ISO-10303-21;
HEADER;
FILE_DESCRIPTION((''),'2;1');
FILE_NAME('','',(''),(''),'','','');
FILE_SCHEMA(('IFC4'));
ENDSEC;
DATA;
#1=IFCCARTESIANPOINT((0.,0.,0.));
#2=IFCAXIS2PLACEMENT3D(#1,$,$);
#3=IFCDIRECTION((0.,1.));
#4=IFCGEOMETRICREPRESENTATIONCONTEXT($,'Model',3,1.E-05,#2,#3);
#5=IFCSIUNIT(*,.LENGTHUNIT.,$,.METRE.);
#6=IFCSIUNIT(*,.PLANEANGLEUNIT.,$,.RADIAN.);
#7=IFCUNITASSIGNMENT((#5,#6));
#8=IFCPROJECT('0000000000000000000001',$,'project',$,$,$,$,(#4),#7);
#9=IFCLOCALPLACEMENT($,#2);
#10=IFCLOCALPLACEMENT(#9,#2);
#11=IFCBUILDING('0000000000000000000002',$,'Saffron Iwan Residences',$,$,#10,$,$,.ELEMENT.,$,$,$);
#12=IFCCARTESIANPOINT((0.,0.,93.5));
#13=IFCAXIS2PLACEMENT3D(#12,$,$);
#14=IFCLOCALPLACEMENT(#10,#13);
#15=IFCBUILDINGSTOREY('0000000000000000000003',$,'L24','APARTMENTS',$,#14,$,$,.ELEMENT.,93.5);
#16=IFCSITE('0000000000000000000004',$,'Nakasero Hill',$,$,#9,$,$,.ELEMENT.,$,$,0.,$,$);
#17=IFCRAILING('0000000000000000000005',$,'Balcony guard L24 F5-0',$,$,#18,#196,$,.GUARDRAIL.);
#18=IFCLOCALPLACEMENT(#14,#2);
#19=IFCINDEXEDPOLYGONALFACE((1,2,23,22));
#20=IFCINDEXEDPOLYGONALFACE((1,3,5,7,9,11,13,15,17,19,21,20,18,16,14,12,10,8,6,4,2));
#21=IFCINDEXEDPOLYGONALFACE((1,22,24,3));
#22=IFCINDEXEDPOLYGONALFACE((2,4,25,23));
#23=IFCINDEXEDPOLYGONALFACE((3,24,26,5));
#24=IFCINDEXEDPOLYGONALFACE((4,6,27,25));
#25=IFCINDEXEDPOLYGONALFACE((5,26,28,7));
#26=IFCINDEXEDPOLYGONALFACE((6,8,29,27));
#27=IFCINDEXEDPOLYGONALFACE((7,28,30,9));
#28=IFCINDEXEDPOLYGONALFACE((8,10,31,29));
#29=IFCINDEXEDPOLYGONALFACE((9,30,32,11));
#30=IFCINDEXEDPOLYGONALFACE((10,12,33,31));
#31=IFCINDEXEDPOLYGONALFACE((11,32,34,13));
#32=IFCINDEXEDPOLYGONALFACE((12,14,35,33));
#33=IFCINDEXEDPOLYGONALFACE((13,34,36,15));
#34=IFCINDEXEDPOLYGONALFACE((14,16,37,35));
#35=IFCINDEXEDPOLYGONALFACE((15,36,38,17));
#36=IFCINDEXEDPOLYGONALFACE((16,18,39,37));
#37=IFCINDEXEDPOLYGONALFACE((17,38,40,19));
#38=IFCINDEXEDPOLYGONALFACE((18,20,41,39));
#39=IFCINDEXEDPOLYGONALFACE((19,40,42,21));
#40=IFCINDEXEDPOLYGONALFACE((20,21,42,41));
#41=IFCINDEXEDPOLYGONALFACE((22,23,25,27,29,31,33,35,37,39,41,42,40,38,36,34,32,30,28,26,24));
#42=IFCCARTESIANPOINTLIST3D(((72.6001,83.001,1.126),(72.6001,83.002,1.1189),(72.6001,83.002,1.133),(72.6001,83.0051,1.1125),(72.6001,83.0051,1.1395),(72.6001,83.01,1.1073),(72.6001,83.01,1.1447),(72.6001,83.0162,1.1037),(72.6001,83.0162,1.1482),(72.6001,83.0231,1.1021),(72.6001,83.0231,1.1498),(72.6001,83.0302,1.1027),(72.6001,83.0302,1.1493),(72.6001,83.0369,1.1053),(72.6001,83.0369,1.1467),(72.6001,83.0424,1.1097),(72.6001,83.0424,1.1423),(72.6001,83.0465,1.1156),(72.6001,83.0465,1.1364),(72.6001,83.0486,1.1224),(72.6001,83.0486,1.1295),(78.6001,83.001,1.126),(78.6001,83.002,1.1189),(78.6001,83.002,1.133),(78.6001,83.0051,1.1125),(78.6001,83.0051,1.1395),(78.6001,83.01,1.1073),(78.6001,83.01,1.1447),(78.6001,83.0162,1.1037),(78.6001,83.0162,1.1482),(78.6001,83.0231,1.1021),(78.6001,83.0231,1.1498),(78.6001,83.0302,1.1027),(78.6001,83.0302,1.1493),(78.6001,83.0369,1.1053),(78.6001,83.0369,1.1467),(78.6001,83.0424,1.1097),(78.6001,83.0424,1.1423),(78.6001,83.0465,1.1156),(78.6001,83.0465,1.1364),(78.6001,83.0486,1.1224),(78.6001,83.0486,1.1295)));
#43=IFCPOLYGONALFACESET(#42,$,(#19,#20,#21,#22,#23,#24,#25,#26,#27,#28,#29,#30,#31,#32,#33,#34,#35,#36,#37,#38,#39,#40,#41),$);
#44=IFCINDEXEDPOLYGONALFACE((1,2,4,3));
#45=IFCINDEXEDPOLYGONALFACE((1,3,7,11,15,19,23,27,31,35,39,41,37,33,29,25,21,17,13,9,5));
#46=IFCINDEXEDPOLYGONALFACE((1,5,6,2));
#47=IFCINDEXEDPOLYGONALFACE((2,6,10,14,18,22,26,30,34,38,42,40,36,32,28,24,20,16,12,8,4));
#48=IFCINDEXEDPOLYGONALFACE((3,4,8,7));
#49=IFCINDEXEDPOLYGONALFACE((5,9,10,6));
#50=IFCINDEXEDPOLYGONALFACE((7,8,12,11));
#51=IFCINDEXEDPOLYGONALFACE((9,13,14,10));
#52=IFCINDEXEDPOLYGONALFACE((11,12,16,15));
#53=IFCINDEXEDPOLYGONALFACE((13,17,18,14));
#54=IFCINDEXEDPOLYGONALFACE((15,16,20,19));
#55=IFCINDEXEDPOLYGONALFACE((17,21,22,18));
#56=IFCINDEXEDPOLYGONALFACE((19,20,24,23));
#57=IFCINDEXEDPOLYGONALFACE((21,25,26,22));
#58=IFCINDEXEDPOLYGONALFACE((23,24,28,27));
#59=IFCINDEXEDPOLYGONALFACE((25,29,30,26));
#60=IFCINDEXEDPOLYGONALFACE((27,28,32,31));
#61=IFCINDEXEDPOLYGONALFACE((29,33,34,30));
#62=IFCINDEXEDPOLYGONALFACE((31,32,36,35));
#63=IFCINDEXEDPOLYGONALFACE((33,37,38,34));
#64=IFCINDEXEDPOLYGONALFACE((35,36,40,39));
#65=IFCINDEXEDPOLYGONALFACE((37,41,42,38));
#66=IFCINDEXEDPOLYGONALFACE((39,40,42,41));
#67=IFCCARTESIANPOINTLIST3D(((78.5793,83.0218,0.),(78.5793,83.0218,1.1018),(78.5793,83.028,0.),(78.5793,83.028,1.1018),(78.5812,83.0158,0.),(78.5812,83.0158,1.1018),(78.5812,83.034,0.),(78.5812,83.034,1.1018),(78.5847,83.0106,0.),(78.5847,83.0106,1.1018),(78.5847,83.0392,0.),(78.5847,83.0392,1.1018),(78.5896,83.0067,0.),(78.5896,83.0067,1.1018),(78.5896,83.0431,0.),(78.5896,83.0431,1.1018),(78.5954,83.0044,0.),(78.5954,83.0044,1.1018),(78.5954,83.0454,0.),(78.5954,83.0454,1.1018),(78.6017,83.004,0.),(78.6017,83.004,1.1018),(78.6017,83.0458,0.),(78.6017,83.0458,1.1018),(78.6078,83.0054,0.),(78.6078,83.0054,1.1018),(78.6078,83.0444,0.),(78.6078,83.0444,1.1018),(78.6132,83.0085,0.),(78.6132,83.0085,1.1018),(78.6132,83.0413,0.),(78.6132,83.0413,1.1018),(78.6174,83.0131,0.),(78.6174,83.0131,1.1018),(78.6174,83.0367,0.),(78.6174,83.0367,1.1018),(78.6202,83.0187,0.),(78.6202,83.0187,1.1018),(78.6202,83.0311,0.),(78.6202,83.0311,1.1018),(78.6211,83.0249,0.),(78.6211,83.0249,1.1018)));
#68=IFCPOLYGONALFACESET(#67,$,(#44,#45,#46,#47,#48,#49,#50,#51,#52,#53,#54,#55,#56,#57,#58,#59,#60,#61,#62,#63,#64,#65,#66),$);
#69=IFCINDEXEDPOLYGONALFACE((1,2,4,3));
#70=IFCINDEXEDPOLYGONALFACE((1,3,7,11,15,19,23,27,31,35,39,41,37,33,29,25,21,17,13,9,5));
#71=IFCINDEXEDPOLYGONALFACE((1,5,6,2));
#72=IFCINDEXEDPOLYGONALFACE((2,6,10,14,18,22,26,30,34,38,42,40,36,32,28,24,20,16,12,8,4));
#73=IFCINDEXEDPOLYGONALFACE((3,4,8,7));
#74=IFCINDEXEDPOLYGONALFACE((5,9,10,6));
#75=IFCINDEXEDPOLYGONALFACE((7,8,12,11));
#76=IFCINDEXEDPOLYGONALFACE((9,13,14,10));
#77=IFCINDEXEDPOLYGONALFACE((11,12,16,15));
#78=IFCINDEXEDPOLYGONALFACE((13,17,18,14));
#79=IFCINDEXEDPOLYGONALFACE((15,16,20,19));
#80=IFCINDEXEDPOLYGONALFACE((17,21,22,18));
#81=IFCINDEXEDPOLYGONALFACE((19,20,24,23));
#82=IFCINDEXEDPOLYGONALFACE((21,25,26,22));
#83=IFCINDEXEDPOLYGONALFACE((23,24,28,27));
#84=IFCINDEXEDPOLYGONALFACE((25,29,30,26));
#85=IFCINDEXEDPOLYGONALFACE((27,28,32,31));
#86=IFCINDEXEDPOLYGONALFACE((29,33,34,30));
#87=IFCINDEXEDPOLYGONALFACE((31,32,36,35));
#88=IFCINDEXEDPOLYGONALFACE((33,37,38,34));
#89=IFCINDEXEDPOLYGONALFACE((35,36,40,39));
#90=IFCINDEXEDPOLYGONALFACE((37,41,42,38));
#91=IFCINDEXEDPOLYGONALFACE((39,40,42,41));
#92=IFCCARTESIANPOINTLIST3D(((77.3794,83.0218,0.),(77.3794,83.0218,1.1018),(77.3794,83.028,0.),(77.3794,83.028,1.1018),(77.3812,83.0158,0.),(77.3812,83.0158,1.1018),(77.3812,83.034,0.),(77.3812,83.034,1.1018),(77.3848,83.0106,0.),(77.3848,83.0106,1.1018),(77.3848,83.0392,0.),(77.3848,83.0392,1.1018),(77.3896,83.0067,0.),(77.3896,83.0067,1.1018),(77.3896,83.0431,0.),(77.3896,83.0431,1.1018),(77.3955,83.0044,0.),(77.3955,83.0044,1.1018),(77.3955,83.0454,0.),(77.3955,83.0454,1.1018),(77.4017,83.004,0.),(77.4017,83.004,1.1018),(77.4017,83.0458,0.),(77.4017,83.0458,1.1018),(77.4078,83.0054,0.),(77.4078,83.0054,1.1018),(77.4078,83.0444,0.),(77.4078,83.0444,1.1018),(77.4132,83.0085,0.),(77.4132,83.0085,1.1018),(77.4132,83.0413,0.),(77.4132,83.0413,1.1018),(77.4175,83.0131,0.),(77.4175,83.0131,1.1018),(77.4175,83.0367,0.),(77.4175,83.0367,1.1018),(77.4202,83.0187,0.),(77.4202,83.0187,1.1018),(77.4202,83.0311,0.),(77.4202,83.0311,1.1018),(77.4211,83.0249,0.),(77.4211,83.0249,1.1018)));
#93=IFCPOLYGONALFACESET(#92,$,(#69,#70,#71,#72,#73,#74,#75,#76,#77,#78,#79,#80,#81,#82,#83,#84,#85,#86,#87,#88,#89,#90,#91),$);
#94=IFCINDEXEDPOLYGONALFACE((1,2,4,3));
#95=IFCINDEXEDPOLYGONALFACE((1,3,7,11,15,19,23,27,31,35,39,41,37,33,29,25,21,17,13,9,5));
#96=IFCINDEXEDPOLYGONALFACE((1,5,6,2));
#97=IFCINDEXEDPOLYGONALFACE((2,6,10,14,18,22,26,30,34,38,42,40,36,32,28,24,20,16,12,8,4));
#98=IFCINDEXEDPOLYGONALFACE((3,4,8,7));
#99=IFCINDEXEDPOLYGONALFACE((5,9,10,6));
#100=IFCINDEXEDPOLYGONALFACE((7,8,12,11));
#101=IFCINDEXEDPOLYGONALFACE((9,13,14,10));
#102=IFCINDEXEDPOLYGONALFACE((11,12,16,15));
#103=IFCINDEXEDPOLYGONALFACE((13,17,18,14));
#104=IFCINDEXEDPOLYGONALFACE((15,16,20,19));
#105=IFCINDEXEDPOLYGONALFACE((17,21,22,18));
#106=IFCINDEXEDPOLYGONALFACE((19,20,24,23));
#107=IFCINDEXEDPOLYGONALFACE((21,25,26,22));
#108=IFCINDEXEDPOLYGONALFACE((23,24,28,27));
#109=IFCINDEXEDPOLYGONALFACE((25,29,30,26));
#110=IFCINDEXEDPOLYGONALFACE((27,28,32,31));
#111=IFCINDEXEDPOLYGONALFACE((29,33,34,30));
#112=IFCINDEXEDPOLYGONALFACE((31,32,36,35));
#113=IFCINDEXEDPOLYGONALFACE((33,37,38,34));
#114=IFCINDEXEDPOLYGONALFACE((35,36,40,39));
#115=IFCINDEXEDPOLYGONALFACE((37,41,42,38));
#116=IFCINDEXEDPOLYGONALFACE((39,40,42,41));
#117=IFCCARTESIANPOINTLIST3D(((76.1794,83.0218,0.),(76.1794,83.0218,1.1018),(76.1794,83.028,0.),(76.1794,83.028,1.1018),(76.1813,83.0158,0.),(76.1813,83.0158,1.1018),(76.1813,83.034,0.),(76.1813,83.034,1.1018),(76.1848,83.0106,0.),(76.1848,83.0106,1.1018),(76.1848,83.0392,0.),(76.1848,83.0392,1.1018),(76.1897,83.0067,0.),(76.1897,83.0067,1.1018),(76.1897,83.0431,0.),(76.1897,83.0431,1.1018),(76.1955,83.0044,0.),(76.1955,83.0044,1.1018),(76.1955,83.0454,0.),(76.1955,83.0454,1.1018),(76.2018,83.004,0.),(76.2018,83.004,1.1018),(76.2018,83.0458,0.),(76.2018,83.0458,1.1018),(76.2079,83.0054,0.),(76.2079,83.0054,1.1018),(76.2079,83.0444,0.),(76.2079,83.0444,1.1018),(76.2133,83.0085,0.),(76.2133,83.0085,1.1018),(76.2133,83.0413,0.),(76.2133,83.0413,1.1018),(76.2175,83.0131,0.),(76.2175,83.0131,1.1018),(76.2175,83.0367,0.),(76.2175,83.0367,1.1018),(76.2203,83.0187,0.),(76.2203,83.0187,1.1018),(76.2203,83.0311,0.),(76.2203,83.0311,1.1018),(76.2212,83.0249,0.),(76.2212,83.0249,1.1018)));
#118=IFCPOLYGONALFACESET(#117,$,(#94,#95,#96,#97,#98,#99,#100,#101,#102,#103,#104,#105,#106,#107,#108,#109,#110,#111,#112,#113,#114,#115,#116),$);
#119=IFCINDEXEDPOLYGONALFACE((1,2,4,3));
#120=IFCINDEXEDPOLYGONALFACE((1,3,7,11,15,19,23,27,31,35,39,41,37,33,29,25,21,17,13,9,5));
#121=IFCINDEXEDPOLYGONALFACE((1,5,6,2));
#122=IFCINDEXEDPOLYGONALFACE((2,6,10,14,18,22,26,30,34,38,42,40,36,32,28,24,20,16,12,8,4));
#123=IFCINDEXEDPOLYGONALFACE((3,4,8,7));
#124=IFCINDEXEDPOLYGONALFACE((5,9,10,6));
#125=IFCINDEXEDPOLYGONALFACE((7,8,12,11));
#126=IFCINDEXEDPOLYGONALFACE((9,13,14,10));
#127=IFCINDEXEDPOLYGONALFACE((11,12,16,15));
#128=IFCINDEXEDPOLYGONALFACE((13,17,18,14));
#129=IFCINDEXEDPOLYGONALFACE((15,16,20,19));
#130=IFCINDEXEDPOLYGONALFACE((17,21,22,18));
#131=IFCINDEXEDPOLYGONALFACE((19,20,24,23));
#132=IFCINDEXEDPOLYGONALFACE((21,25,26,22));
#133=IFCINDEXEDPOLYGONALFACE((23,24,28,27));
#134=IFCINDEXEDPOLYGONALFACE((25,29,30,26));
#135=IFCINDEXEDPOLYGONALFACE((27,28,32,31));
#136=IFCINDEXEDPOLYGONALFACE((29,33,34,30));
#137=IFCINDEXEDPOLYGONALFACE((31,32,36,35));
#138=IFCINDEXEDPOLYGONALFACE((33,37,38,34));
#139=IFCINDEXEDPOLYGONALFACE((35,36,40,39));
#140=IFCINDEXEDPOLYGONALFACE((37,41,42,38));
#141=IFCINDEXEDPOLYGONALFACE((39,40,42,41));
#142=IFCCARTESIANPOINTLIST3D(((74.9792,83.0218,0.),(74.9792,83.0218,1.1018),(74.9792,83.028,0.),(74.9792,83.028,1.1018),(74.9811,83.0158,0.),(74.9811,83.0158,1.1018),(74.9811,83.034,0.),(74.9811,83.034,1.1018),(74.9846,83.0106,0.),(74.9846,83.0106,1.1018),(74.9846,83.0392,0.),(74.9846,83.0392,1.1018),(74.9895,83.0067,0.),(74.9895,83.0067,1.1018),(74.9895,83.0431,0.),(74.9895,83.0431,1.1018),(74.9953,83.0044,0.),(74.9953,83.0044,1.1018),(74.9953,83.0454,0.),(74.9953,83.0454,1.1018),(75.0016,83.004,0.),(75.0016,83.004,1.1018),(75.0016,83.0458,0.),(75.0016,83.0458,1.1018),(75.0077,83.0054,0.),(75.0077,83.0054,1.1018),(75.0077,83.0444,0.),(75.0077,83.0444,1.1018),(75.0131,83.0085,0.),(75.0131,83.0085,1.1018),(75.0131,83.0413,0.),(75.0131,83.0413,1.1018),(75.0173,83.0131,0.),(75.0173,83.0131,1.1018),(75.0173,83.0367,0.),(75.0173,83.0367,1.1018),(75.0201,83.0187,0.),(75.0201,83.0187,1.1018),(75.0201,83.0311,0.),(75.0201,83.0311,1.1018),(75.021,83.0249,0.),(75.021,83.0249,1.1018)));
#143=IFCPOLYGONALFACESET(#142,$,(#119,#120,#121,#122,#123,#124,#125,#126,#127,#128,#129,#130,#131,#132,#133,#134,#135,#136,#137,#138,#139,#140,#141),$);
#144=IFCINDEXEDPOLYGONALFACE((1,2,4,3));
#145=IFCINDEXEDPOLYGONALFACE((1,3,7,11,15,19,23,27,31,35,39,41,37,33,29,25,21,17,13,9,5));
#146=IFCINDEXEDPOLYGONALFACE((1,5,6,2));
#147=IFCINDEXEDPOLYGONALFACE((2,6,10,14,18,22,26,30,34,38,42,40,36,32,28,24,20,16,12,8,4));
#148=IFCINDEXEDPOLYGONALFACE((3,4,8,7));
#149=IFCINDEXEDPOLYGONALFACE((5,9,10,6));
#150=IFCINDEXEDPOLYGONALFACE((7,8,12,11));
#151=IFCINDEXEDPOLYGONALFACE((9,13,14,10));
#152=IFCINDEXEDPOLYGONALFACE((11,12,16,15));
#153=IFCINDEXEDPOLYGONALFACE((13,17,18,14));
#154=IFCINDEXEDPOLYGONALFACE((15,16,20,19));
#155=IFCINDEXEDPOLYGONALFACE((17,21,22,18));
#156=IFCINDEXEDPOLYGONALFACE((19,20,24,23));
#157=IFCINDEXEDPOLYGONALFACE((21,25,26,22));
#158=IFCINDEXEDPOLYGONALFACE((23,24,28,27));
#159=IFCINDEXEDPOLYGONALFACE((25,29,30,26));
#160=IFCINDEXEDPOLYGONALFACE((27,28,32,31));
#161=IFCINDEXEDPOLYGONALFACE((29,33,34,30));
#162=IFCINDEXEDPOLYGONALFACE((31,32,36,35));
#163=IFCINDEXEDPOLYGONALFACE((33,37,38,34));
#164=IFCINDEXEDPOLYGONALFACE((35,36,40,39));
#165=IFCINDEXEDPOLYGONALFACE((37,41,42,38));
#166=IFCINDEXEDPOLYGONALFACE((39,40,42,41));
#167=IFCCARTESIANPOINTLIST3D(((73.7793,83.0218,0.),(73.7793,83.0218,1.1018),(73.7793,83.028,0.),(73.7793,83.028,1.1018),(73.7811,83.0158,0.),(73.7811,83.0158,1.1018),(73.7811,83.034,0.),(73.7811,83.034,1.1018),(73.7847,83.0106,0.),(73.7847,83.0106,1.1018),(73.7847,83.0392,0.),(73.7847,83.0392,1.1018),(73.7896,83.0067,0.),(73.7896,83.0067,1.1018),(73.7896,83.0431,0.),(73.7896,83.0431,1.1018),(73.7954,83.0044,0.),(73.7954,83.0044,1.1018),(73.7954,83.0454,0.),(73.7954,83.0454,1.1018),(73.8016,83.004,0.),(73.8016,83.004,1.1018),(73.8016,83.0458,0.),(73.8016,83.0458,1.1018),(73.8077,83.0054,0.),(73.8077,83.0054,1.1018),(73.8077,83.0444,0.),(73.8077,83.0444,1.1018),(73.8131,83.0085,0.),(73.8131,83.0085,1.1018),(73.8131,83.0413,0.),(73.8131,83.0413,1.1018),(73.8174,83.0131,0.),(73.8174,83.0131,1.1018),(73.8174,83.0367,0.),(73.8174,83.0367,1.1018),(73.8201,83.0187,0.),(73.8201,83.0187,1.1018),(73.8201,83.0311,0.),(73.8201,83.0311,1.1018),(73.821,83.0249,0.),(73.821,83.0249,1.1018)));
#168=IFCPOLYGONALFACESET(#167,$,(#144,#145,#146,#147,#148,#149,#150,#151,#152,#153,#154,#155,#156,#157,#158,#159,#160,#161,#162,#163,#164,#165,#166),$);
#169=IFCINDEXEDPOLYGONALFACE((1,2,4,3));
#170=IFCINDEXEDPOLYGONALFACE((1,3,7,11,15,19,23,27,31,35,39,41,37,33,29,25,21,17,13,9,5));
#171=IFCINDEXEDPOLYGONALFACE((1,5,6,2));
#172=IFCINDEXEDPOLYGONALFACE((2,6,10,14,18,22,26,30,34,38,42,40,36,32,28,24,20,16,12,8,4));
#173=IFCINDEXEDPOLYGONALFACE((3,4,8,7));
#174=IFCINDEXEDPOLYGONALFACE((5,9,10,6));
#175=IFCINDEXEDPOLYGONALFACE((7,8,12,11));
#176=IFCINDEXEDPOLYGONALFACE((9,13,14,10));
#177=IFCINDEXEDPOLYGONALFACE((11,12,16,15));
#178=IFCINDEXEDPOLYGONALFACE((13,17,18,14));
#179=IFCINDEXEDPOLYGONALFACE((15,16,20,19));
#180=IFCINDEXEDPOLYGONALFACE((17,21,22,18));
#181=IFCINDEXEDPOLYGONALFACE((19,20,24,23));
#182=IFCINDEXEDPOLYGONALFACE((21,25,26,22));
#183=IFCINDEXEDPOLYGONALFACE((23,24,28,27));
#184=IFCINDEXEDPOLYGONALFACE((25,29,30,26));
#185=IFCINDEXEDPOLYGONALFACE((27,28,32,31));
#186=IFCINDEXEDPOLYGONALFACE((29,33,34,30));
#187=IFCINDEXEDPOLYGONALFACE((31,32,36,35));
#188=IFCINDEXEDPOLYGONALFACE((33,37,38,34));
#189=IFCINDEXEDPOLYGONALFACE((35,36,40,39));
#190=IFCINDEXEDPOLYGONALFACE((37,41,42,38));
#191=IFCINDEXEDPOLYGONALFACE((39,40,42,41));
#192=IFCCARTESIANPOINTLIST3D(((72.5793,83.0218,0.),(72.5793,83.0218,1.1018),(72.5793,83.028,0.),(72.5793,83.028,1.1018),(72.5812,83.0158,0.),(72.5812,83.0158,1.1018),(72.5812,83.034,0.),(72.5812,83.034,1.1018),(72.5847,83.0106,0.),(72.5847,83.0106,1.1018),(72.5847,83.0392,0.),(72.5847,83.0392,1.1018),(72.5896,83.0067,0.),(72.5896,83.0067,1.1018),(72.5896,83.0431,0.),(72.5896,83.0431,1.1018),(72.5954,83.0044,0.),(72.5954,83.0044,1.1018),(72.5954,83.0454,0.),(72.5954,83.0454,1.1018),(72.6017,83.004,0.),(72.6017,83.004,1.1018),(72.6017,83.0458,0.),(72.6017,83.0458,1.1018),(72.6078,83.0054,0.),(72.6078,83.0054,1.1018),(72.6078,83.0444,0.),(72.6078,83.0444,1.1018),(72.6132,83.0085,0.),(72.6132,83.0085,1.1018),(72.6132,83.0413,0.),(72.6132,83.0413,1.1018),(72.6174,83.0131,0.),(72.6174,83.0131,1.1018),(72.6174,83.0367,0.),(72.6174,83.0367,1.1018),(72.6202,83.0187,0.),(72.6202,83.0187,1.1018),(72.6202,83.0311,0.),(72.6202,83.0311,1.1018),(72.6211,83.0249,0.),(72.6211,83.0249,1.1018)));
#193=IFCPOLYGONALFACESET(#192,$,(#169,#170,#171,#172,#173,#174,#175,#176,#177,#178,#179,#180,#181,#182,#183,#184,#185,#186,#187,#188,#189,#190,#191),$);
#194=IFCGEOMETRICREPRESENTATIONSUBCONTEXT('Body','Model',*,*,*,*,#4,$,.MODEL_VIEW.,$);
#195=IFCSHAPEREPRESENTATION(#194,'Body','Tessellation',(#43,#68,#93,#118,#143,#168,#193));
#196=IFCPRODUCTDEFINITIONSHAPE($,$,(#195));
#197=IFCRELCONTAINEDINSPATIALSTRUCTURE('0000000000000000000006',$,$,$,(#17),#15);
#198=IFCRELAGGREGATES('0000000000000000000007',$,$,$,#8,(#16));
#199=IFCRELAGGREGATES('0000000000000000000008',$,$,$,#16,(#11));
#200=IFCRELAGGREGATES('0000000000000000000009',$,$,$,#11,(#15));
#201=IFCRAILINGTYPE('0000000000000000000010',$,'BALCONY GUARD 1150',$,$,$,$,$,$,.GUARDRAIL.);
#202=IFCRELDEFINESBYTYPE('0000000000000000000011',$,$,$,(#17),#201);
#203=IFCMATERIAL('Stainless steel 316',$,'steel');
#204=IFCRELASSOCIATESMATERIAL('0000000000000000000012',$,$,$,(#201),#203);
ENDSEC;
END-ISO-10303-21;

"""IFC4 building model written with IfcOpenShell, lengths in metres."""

from ifc_helpers import new_model, si_unit, direction, frame, origin, origin_2d, place, context, subcontext, project, spatial, circle, extrude, material, type_object, element, save


model = new_model("IFC4")

# Units and contexts
model_context = context("Model", 3, precision=1e-05, world=origin(), true_north=direction((0.0, 1.0)))
body_context = subcontext(model_context, "Body", "Model", "MODEL_VIEW")
ifc_project = project(units=[si_unit("LENGTHUNIT", "METRE"), si_unit("PLANEANGLEUNIT", "RADIAN")], contexts=[model_context])

# Site, building, storey
site_placement = place(None, origin())
site = spatial("IfcSite", under=ifc_project, at=site_placement, Name="Nakasero Hill", CompositionType="ELEMENT", RefElevation=0.0)
building_placement = place(site_placement, origin())
building = spatial("IfcBuilding", under=site, at=building_placement, Name="Saffron Iwan Residences", CompositionType="ELEMENT")
storey_placement = place(building_placement, frame((0.0, 0.0, 93.5)))
storey = spatial("IfcBuildingStorey", under=building, at=storey_placement, Name="L24", Description="APARTMENTS", CompositionType="ELEMENT", Elevation=93.5)

# Railing
ifc_material_1 = material(Name="Stainless steel 316", Category="steel")
railing_type = type_object("IfcRailingType", Name="BALCONY GUARD 1150", PredefinedType="GUARDRAIL", material=ifc_material_1)
railing_placement = place(storey_placement, frame((78.6001, 83.0249, 0.0)))
element("IfcRailing", 1, at=railing_placement, inside=storey, type_object=railing_type, Name="Balcony guard L24 F5-0", PredefinedType="GUARDRAIL", context=body_context, shape_type="SweptSolid", body=[
    extrude(circle(Radius=0.0239, at=origin_2d()), frame((0.0, 0.0, 1.126), z_axis=(-1.0, 0.0, 0.0), x_axis=(0.0, -1.0, 0.0)), (0.0, 0.0, 1.0), 6.0),
    extrude(circle(Radius=0.021, at=origin_2d()), origin(), (0.0, 0.0, 1.0), 1.1018),
    extrude(circle(Radius=0.021, at=origin_2d()), frame((-1.2, 0.0, 0.0)), (0.0, 0.0, 1.0), 1.1018),
    extrude(circle(Radius=0.021, at=origin_2d()), frame((-2.3999, 0.0, 0.0)), (0.0, 0.0, 1.0), 1.1018),
    extrude(circle(Radius=0.021, at=origin_2d()), frame((-3.6001, 0.0, 0.0)), (0.0, 0.0, 1.0), 1.1018),
    extrude(circle(Radius=0.021, at=origin_2d()), frame((-4.8, 0.0, 0.0)), (0.0, 0.0, 1.0), 1.1018),
    extrude(circle(Radius=0.021, at=origin_2d()), frame((-6.0, 0.0, 0.0)), (0.0, 0.0, 1.0), 1.1018),
])

save(model, "model.ifc")
